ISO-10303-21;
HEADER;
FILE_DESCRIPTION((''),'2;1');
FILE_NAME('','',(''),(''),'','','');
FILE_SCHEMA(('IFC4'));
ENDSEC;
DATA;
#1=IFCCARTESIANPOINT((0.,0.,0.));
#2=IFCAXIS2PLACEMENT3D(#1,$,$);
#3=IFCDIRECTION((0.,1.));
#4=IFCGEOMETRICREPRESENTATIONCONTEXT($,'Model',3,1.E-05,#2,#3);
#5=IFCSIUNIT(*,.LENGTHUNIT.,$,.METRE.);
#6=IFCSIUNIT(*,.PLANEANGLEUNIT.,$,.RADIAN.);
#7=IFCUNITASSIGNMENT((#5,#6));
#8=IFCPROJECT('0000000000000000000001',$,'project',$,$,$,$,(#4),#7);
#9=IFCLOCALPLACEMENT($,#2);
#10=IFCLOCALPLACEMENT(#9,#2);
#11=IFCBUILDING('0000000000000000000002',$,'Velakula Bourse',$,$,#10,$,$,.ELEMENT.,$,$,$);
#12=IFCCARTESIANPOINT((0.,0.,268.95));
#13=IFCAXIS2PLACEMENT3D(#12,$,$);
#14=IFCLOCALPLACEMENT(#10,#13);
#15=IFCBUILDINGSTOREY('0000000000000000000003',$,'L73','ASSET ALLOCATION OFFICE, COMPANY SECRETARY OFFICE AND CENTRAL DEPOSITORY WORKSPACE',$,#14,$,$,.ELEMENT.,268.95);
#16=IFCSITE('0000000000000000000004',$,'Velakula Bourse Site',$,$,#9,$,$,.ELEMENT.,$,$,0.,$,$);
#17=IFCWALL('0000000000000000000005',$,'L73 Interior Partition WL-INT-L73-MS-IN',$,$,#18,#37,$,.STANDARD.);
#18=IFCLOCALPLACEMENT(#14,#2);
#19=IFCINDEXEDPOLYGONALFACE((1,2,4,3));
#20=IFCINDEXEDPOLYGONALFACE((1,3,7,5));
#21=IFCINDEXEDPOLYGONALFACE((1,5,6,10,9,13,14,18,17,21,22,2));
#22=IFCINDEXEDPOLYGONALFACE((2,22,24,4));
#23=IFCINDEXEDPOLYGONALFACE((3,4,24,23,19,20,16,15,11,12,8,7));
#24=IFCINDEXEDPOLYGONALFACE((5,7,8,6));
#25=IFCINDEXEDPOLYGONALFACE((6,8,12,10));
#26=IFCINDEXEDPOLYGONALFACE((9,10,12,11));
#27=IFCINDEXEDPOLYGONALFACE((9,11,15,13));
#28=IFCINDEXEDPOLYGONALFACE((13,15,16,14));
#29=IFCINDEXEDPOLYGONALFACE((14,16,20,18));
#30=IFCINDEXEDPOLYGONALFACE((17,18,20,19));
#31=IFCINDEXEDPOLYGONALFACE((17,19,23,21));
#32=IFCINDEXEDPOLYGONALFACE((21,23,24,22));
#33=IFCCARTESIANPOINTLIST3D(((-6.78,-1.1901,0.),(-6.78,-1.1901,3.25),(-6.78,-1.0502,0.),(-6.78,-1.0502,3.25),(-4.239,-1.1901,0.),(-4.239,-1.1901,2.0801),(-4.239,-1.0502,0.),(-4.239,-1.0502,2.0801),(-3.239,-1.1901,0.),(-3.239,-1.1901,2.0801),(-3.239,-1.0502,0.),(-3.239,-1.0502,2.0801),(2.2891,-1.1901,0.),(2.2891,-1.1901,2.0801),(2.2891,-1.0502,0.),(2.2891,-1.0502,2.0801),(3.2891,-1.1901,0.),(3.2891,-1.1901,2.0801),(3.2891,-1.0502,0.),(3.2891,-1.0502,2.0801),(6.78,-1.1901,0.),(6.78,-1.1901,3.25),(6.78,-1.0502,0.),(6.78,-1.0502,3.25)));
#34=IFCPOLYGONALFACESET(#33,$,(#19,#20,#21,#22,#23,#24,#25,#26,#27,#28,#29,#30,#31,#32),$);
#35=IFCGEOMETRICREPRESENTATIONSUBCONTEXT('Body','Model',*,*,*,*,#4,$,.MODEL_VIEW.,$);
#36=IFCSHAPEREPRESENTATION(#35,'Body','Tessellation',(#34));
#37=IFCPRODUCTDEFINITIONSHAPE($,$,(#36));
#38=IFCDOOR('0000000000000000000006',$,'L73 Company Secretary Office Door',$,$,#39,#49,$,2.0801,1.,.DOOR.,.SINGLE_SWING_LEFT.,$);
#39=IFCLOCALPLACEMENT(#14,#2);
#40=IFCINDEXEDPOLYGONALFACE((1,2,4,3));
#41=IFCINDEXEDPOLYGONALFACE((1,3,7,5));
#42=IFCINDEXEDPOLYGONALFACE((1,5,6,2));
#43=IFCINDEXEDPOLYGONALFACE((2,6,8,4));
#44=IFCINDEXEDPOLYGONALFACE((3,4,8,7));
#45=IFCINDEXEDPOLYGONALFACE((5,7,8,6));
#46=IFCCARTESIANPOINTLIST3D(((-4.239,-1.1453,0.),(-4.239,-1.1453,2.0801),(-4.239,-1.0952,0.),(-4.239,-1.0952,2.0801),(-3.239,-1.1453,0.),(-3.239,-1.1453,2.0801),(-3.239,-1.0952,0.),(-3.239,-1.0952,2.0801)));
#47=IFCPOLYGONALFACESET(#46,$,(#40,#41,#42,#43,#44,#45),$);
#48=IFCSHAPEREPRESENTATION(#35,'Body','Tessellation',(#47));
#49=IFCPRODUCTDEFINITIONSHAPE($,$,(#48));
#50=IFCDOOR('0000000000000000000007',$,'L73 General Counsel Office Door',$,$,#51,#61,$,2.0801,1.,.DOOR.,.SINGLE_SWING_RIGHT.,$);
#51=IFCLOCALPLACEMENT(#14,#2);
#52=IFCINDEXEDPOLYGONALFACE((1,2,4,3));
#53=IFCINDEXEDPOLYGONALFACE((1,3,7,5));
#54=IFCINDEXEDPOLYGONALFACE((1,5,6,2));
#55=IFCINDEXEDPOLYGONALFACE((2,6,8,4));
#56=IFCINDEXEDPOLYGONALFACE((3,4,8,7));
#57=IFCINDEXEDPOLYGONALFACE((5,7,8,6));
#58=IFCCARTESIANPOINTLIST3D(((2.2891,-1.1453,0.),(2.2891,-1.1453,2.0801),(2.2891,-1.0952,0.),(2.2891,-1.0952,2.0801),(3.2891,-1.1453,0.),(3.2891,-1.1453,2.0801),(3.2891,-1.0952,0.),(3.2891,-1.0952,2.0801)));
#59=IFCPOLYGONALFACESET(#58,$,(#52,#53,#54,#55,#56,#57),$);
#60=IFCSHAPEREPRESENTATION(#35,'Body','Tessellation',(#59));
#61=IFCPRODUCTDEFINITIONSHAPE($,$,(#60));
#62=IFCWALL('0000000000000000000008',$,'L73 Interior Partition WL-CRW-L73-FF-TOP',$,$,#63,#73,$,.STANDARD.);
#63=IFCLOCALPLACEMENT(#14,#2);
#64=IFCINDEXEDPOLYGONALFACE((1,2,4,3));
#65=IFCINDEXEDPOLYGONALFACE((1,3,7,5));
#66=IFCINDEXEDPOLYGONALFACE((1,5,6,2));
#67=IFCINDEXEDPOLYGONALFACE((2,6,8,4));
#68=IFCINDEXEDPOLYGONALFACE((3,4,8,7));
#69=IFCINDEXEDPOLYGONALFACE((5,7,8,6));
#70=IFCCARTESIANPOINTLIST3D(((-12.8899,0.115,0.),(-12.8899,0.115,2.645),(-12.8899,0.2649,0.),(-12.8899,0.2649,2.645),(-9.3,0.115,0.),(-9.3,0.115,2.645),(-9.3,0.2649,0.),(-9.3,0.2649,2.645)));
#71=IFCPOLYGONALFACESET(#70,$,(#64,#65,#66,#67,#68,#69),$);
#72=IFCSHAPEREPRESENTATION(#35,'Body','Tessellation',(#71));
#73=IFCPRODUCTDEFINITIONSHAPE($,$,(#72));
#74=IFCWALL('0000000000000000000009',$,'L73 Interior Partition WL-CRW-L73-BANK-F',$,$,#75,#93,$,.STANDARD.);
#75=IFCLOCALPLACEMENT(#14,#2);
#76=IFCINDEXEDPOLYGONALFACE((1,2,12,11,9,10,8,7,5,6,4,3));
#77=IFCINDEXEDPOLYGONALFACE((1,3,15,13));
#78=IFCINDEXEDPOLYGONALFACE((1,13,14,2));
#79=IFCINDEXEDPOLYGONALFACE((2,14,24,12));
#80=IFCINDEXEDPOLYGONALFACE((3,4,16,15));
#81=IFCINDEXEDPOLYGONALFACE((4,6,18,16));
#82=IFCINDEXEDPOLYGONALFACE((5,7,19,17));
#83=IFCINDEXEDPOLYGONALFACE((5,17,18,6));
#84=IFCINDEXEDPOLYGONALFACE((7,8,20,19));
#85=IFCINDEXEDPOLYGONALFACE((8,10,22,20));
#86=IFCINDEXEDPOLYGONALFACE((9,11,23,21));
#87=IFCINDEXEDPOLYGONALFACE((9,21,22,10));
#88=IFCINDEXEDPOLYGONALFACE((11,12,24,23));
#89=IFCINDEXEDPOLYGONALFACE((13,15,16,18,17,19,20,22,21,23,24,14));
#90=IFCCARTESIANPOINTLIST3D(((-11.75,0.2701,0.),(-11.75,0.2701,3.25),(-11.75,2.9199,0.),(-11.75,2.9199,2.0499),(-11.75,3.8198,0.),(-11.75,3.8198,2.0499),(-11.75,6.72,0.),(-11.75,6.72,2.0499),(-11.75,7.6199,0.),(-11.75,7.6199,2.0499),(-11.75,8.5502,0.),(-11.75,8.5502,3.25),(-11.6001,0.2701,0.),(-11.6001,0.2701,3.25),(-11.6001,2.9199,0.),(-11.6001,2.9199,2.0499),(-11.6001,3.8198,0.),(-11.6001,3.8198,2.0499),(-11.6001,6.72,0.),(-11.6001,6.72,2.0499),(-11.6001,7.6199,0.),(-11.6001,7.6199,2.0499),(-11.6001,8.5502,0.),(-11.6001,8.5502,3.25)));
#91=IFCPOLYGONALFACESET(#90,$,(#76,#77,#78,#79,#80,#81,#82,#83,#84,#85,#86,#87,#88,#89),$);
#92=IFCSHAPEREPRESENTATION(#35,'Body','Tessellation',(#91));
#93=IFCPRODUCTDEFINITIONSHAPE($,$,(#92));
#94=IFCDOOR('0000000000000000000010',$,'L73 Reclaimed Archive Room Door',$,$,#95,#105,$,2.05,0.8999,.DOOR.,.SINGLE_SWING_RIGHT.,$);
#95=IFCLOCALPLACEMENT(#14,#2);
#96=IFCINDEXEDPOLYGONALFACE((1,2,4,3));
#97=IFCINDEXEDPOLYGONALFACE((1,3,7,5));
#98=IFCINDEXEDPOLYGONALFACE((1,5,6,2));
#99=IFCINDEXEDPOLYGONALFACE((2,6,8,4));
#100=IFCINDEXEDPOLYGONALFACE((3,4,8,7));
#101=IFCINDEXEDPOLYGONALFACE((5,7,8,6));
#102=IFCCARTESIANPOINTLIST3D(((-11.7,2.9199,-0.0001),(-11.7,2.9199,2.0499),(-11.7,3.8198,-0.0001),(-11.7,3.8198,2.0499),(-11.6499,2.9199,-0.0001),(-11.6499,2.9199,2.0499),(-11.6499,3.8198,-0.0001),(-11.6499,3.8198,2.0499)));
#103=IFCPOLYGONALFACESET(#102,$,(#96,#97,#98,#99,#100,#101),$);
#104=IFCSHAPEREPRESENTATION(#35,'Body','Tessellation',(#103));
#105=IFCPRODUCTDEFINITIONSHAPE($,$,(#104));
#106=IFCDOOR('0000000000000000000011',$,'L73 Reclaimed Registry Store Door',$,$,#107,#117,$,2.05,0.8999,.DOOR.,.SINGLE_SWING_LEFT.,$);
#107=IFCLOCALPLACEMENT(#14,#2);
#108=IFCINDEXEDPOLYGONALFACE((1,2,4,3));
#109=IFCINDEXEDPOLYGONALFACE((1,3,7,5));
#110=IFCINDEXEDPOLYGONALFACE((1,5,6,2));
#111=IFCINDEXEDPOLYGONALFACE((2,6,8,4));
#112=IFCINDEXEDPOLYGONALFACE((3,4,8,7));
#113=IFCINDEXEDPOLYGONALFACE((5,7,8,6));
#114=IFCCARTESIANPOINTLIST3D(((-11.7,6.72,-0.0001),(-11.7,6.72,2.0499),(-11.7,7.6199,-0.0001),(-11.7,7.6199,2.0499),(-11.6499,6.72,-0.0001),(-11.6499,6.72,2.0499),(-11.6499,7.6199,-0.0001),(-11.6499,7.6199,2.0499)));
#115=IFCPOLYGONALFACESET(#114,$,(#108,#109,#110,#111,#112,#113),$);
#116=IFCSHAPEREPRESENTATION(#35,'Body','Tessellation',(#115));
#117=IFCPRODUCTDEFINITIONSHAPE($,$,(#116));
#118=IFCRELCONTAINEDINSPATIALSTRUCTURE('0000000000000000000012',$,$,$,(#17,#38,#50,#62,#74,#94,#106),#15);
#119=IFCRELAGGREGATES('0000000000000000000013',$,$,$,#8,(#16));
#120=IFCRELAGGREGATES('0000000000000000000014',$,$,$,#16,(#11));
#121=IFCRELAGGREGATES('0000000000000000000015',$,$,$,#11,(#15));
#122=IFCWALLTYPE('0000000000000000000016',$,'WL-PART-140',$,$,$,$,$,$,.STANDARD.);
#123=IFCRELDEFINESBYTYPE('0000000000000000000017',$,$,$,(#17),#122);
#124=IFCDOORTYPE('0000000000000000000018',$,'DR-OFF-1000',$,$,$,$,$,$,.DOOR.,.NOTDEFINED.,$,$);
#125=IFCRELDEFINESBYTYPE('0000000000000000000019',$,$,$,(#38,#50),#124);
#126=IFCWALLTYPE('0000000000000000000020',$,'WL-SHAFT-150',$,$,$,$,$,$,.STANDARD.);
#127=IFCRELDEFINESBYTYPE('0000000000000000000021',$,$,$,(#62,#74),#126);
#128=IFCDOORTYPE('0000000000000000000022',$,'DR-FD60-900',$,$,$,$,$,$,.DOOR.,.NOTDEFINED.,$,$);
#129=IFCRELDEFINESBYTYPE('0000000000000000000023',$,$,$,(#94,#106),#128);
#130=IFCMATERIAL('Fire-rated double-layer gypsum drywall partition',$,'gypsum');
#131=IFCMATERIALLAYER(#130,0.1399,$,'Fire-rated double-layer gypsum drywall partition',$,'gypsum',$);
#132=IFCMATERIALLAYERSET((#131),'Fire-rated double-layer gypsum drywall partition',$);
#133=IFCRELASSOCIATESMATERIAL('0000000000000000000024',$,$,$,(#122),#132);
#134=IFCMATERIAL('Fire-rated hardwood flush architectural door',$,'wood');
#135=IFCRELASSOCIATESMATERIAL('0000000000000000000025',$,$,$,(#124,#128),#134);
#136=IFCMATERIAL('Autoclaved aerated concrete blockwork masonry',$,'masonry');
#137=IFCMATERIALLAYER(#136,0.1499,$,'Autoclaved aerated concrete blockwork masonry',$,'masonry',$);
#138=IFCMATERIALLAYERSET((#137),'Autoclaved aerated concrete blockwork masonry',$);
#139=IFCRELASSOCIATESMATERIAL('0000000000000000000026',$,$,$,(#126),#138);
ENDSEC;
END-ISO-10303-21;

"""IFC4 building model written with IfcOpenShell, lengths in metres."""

from ifc_helpers import new_model, si_unit, direction, frame, frame_2d, origin, place, context, subcontext, project, spatial, rectangle, extrude, material, layer, layer_set, type_object, element, fill, save


model = new_model("IFC4")

# Units and contexts
model_context = context("Model", 3, precision=1e-05, world=origin(), true_north=direction((0.0, 1.0)))
body_context = subcontext(model_context, "Body", "Model", "MODEL_VIEW")
ifc_project = project(units=[si_unit("LENGTHUNIT", "METRE"), si_unit("PLANEANGLEUNIT", "RADIAN")], contexts=[model_context])

# Site, building, storey
site_placement = place(None, origin())
site = spatial("IfcSite", under=ifc_project, at=site_placement, Name="Velakula Bourse Site", CompositionType="ELEMENT", RefElevation=0.0)
building_placement = place(site_placement, origin())
building = spatial("IfcBuilding", under=site, at=building_placement, Name="Velakula Bourse", CompositionType="ELEMENT")
storey_placement = place(building_placement, frame((0.0, 0.0, 268.95)))
storey = spatial("IfcBuildingStorey", under=building, at=storey_placement, Name="L73", Description="ASSET ALLOCATION OFFICE, COMPANY SECRETARY OFFICE AND CENTRAL DEPOSITORY WORKSPACE", CompositionType="ELEMENT", Elevation=268.95)

# Shared definitions
ifc_material_1 = material(Name="Fire-rated double-layer gypsum drywall partition", Category="gypsum")
ifc_material_2 = material(Name="Fire-rated hardwood flush architectural door", Category="wood")

# Shared definitions
ifc_layer_1 = layer(ifc_material_1, 0.1399, Name="Fire-rated double-layer gypsum drywall partition", Category="gypsum")
ifc_layer_set_1 = layer_set([ifc_layer_1], Name="Fire-rated double-layer gypsum drywall partition")
wall_type_1 = type_object("IfcWallType", Name="WL-PART-140", PredefinedType="STANDARD", material=ifc_layer_set_1)
door_type_1 = type_object("IfcDoorType", Name="DR-OFF-1000", OperationType="NOTDEFINED", PredefinedType="DOOR", material=ifc_material_2)

# Wall, openings, doors
wall_1_placement = place(storey_placement, frame((-6.78, -1.1201, 0.0), z_axis=(0.0, 0.0, 1.0), x_axis=(1.0, 0.0, 0.0)))
wall_1 = element("IfcWall", 1, at=wall_1_placement, inside=storey, type_object=wall_type_1, Name="L73 Interior Partition WL-INT-L73-MS-IN", PredefinedType="STANDARD", context=body_context, shape_type="SweptSolid", body=[
    extrude(rectangle(XDim=13.5601, YDim=0.1399, at=frame_2d((6.78, 0.0))), origin(), (0.0, 0.0, 1.0), 3.25),
])
opening_1_placement = place(wall_1_placement, frame((2.541, 0.0, 0.0)))
opening_1 = element("IfcOpeningElement", 2, at=opening_1_placement, cuts=wall_1, PredefinedType="OPENING", context=body_context, shape_type="SweptSolid", body=[
    extrude(rectangle(XDim=1.0, YDim=2.0801, at=frame_2d((0.5, 1.04))), frame((0.0, 0.0798, 0.0), z_axis=(0.0, -1.0, 0.0), x_axis=(1.0, 0.0, 0.0)), (0.0, 0.0, 1.0), 0.1599),
])
opening_2_placement = place(wall_1_placement, frame((9.0691, 0.0, 0.0)))
opening_2 = element("IfcOpeningElement", 3, at=opening_2_placement, cuts=wall_1, PredefinedType="OPENING", context=body_context, shape_type="SweptSolid", body=[
    extrude(rectangle(XDim=1.0, YDim=2.0801, at=frame_2d((0.5, 1.04))), frame((0.0, 0.0798, 0.0), z_axis=(0.0, -1.0, 0.0), x_axis=(1.0, 0.0, 0.0)), (0.0, 0.0, 1.0), 0.1599),
])
door_1_placement = place(opening_1_placement, origin())
door_1 = element("IfcDoor", 4, at=door_1_placement, inside=storey, type_object=door_type_1, Name="L73 Company Secretary Office Door", OperationType="SINGLE_SWING_LEFT", OverallHeight=2.0801, OverallWidth=1.0, PredefinedType="DOOR", context=body_context, shape_type="SweptSolid", body=[
    extrude(rectangle(XDim=1.0, YDim=2.0801, at=frame_2d((0.5, 1.04))), frame((0.0, 0.0249, 0.0), z_axis=(0.0, -1.0, 0.0), x_axis=(1.0, 0.0, 0.0)), (0.0, 0.0, 1.0), 0.05),
])
fill(opening_1, door_1)
door_2_placement = place(opening_2_placement, origin())
door_2 = element("IfcDoor", 5, at=door_2_placement, inside=storey, type_object=door_type_1, Name="L73 General Counsel Office Door", OperationType="SINGLE_SWING_RIGHT", OverallHeight=2.0801, OverallWidth=1.0, PredefinedType="DOOR", context=body_context, shape_type="SweptSolid", body=[
    extrude(rectangle(XDim=1.0, YDim=2.0801, at=frame_2d((0.5, 1.04))), frame((0.0, 0.0249, 0.0), z_axis=(0.0, -1.0, 0.0), x_axis=(1.0, 0.0, 0.0)), (0.0, 0.0, 1.0), 0.05),
])
fill(opening_2, door_2)

# Wall
ifc_material_3 = material(Name="Autoclaved aerated concrete blockwork masonry", Category="masonry")
ifc_layer_2 = layer(ifc_material_3, 0.1499, Name="Autoclaved aerated concrete blockwork masonry", Category="masonry")
ifc_layer_set_2 = layer_set([ifc_layer_2], Name="Autoclaved aerated concrete blockwork masonry")
wall_type_2 = type_object("IfcWallType", Name="WL-SHAFT-150", PredefinedType="STANDARD", material=ifc_layer_set_2)
wall_2_placement = place(storey_placement, frame((-12.8899, 0.1899, 0.0), z_axis=(0.0, 0.0, 1.0), x_axis=(1.0, 0.0, 0.0)))
element("IfcWall", 6, at=wall_2_placement, inside=storey, type_object=wall_type_2, Name="L73 Interior Partition WL-CRW-L73-FF-TOP", PredefinedType="STANDARD", context=body_context, shape_type="SweptSolid", body=[
    extrude(rectangle(XDim=3.5898, YDim=0.1499, at=frame_2d((1.7949, 0.0))), origin(), (0.0, 0.0, 1.0), 2.645),
])

# Wall, openings, doors
wall_3_placement = place(storey_placement, frame((-11.675, 0.27, 0.0), z_axis=(0.0, 0.0, 1.0), x_axis=(0.0, 1.0, 0.0)))
wall_3 = element("IfcWall", 7, at=wall_3_placement, inside=storey, type_object=wall_type_2, Name="L73 Interior Partition WL-CRW-L73-BANK-F", PredefinedType="STANDARD", context=body_context, shape_type="SweptSolid", body=[
    extrude(rectangle(XDim=8.28, YDim=0.1499, at=frame_2d((4.1401, 0.0))), origin(), (0.0, 0.0, 1.0), 3.25),
])
opening_3_placement = place(wall_3_placement, frame((2.6499, 0.0, 0.0)))
opening_3 = element("IfcOpeningElement", 8, at=opening_3_placement, cuts=wall_3, PredefinedType="OPENING", context=body_context, shape_type="SweptSolid", body=[
    extrude(rectangle(XDim=0.8999, YDim=2.05, at=frame_2d((0.45, 1.0249))), frame((0.0, 0.085, 0.0), z_axis=(0.0, -1.0, 0.0), x_axis=(1.0, 0.0, 0.0)), (0.0, 0.0, 1.0), 0.1699),
])
opening_4_placement = place(wall_3_placement, frame((6.45, 0.0, 0.0)))
opening_4 = element("IfcOpeningElement", 9, at=opening_4_placement, cuts=wall_3, PredefinedType="OPENING", context=body_context, shape_type="SweptSolid", body=[
    extrude(rectangle(XDim=0.8999, YDim=2.05, at=frame_2d((0.45, 1.0249))), frame((0.0, 0.085, 0.0), z_axis=(0.0, -1.0, 0.0), x_axis=(1.0, 0.0, 0.0)), (0.0, 0.0, 1.0), 0.1699),
])
door_type_2 = type_object("IfcDoorType", Name="DR-FD60-900", OperationType="NOTDEFINED", PredefinedType="DOOR", material=ifc_material_2)
door_3_placement = place(opening_3_placement, origin())
door_3 = element("IfcDoor", 10, at=door_3_placement, inside=storey, type_object=door_type_2, Name="L73 Reclaimed Archive Room Door", OperationType="SINGLE_SWING_RIGHT", OverallHeight=2.05, OverallWidth=0.8999, PredefinedType="DOOR", context=body_context, shape_type="SweptSolid", body=[
    extrude(rectangle(XDim=0.8999, YDim=2.05, at=frame_2d((0.45, 1.0249))), frame((0.0, 0.0249, 0.0), z_axis=(0.0, -1.0, 0.0), x_axis=(1.0, 0.0, 0.0)), (0.0, 0.0, 1.0), 0.05),
])
fill(opening_3, door_3)
door_4_placement = place(opening_4_placement, origin())
door_4 = element("IfcDoor", 11, at=door_4_placement, inside=storey, type_object=door_type_2, Name="L73 Reclaimed Registry Store Door", OperationType="SINGLE_SWING_LEFT", OverallHeight=2.05, OverallWidth=0.8999, PredefinedType="DOOR", context=body_context, shape_type="SweptSolid", body=[
    extrude(rectangle(XDim=0.8999, YDim=2.05, at=frame_2d((0.45, 1.0249))), frame((0.0, 0.0249, 0.0), z_axis=(0.0, -1.0, 0.0), x_axis=(1.0, 0.0, 0.0)), (0.0, 0.0, 1.0), 0.05),
])
fill(opening_4, door_4)

save(model, "model.ifc")
